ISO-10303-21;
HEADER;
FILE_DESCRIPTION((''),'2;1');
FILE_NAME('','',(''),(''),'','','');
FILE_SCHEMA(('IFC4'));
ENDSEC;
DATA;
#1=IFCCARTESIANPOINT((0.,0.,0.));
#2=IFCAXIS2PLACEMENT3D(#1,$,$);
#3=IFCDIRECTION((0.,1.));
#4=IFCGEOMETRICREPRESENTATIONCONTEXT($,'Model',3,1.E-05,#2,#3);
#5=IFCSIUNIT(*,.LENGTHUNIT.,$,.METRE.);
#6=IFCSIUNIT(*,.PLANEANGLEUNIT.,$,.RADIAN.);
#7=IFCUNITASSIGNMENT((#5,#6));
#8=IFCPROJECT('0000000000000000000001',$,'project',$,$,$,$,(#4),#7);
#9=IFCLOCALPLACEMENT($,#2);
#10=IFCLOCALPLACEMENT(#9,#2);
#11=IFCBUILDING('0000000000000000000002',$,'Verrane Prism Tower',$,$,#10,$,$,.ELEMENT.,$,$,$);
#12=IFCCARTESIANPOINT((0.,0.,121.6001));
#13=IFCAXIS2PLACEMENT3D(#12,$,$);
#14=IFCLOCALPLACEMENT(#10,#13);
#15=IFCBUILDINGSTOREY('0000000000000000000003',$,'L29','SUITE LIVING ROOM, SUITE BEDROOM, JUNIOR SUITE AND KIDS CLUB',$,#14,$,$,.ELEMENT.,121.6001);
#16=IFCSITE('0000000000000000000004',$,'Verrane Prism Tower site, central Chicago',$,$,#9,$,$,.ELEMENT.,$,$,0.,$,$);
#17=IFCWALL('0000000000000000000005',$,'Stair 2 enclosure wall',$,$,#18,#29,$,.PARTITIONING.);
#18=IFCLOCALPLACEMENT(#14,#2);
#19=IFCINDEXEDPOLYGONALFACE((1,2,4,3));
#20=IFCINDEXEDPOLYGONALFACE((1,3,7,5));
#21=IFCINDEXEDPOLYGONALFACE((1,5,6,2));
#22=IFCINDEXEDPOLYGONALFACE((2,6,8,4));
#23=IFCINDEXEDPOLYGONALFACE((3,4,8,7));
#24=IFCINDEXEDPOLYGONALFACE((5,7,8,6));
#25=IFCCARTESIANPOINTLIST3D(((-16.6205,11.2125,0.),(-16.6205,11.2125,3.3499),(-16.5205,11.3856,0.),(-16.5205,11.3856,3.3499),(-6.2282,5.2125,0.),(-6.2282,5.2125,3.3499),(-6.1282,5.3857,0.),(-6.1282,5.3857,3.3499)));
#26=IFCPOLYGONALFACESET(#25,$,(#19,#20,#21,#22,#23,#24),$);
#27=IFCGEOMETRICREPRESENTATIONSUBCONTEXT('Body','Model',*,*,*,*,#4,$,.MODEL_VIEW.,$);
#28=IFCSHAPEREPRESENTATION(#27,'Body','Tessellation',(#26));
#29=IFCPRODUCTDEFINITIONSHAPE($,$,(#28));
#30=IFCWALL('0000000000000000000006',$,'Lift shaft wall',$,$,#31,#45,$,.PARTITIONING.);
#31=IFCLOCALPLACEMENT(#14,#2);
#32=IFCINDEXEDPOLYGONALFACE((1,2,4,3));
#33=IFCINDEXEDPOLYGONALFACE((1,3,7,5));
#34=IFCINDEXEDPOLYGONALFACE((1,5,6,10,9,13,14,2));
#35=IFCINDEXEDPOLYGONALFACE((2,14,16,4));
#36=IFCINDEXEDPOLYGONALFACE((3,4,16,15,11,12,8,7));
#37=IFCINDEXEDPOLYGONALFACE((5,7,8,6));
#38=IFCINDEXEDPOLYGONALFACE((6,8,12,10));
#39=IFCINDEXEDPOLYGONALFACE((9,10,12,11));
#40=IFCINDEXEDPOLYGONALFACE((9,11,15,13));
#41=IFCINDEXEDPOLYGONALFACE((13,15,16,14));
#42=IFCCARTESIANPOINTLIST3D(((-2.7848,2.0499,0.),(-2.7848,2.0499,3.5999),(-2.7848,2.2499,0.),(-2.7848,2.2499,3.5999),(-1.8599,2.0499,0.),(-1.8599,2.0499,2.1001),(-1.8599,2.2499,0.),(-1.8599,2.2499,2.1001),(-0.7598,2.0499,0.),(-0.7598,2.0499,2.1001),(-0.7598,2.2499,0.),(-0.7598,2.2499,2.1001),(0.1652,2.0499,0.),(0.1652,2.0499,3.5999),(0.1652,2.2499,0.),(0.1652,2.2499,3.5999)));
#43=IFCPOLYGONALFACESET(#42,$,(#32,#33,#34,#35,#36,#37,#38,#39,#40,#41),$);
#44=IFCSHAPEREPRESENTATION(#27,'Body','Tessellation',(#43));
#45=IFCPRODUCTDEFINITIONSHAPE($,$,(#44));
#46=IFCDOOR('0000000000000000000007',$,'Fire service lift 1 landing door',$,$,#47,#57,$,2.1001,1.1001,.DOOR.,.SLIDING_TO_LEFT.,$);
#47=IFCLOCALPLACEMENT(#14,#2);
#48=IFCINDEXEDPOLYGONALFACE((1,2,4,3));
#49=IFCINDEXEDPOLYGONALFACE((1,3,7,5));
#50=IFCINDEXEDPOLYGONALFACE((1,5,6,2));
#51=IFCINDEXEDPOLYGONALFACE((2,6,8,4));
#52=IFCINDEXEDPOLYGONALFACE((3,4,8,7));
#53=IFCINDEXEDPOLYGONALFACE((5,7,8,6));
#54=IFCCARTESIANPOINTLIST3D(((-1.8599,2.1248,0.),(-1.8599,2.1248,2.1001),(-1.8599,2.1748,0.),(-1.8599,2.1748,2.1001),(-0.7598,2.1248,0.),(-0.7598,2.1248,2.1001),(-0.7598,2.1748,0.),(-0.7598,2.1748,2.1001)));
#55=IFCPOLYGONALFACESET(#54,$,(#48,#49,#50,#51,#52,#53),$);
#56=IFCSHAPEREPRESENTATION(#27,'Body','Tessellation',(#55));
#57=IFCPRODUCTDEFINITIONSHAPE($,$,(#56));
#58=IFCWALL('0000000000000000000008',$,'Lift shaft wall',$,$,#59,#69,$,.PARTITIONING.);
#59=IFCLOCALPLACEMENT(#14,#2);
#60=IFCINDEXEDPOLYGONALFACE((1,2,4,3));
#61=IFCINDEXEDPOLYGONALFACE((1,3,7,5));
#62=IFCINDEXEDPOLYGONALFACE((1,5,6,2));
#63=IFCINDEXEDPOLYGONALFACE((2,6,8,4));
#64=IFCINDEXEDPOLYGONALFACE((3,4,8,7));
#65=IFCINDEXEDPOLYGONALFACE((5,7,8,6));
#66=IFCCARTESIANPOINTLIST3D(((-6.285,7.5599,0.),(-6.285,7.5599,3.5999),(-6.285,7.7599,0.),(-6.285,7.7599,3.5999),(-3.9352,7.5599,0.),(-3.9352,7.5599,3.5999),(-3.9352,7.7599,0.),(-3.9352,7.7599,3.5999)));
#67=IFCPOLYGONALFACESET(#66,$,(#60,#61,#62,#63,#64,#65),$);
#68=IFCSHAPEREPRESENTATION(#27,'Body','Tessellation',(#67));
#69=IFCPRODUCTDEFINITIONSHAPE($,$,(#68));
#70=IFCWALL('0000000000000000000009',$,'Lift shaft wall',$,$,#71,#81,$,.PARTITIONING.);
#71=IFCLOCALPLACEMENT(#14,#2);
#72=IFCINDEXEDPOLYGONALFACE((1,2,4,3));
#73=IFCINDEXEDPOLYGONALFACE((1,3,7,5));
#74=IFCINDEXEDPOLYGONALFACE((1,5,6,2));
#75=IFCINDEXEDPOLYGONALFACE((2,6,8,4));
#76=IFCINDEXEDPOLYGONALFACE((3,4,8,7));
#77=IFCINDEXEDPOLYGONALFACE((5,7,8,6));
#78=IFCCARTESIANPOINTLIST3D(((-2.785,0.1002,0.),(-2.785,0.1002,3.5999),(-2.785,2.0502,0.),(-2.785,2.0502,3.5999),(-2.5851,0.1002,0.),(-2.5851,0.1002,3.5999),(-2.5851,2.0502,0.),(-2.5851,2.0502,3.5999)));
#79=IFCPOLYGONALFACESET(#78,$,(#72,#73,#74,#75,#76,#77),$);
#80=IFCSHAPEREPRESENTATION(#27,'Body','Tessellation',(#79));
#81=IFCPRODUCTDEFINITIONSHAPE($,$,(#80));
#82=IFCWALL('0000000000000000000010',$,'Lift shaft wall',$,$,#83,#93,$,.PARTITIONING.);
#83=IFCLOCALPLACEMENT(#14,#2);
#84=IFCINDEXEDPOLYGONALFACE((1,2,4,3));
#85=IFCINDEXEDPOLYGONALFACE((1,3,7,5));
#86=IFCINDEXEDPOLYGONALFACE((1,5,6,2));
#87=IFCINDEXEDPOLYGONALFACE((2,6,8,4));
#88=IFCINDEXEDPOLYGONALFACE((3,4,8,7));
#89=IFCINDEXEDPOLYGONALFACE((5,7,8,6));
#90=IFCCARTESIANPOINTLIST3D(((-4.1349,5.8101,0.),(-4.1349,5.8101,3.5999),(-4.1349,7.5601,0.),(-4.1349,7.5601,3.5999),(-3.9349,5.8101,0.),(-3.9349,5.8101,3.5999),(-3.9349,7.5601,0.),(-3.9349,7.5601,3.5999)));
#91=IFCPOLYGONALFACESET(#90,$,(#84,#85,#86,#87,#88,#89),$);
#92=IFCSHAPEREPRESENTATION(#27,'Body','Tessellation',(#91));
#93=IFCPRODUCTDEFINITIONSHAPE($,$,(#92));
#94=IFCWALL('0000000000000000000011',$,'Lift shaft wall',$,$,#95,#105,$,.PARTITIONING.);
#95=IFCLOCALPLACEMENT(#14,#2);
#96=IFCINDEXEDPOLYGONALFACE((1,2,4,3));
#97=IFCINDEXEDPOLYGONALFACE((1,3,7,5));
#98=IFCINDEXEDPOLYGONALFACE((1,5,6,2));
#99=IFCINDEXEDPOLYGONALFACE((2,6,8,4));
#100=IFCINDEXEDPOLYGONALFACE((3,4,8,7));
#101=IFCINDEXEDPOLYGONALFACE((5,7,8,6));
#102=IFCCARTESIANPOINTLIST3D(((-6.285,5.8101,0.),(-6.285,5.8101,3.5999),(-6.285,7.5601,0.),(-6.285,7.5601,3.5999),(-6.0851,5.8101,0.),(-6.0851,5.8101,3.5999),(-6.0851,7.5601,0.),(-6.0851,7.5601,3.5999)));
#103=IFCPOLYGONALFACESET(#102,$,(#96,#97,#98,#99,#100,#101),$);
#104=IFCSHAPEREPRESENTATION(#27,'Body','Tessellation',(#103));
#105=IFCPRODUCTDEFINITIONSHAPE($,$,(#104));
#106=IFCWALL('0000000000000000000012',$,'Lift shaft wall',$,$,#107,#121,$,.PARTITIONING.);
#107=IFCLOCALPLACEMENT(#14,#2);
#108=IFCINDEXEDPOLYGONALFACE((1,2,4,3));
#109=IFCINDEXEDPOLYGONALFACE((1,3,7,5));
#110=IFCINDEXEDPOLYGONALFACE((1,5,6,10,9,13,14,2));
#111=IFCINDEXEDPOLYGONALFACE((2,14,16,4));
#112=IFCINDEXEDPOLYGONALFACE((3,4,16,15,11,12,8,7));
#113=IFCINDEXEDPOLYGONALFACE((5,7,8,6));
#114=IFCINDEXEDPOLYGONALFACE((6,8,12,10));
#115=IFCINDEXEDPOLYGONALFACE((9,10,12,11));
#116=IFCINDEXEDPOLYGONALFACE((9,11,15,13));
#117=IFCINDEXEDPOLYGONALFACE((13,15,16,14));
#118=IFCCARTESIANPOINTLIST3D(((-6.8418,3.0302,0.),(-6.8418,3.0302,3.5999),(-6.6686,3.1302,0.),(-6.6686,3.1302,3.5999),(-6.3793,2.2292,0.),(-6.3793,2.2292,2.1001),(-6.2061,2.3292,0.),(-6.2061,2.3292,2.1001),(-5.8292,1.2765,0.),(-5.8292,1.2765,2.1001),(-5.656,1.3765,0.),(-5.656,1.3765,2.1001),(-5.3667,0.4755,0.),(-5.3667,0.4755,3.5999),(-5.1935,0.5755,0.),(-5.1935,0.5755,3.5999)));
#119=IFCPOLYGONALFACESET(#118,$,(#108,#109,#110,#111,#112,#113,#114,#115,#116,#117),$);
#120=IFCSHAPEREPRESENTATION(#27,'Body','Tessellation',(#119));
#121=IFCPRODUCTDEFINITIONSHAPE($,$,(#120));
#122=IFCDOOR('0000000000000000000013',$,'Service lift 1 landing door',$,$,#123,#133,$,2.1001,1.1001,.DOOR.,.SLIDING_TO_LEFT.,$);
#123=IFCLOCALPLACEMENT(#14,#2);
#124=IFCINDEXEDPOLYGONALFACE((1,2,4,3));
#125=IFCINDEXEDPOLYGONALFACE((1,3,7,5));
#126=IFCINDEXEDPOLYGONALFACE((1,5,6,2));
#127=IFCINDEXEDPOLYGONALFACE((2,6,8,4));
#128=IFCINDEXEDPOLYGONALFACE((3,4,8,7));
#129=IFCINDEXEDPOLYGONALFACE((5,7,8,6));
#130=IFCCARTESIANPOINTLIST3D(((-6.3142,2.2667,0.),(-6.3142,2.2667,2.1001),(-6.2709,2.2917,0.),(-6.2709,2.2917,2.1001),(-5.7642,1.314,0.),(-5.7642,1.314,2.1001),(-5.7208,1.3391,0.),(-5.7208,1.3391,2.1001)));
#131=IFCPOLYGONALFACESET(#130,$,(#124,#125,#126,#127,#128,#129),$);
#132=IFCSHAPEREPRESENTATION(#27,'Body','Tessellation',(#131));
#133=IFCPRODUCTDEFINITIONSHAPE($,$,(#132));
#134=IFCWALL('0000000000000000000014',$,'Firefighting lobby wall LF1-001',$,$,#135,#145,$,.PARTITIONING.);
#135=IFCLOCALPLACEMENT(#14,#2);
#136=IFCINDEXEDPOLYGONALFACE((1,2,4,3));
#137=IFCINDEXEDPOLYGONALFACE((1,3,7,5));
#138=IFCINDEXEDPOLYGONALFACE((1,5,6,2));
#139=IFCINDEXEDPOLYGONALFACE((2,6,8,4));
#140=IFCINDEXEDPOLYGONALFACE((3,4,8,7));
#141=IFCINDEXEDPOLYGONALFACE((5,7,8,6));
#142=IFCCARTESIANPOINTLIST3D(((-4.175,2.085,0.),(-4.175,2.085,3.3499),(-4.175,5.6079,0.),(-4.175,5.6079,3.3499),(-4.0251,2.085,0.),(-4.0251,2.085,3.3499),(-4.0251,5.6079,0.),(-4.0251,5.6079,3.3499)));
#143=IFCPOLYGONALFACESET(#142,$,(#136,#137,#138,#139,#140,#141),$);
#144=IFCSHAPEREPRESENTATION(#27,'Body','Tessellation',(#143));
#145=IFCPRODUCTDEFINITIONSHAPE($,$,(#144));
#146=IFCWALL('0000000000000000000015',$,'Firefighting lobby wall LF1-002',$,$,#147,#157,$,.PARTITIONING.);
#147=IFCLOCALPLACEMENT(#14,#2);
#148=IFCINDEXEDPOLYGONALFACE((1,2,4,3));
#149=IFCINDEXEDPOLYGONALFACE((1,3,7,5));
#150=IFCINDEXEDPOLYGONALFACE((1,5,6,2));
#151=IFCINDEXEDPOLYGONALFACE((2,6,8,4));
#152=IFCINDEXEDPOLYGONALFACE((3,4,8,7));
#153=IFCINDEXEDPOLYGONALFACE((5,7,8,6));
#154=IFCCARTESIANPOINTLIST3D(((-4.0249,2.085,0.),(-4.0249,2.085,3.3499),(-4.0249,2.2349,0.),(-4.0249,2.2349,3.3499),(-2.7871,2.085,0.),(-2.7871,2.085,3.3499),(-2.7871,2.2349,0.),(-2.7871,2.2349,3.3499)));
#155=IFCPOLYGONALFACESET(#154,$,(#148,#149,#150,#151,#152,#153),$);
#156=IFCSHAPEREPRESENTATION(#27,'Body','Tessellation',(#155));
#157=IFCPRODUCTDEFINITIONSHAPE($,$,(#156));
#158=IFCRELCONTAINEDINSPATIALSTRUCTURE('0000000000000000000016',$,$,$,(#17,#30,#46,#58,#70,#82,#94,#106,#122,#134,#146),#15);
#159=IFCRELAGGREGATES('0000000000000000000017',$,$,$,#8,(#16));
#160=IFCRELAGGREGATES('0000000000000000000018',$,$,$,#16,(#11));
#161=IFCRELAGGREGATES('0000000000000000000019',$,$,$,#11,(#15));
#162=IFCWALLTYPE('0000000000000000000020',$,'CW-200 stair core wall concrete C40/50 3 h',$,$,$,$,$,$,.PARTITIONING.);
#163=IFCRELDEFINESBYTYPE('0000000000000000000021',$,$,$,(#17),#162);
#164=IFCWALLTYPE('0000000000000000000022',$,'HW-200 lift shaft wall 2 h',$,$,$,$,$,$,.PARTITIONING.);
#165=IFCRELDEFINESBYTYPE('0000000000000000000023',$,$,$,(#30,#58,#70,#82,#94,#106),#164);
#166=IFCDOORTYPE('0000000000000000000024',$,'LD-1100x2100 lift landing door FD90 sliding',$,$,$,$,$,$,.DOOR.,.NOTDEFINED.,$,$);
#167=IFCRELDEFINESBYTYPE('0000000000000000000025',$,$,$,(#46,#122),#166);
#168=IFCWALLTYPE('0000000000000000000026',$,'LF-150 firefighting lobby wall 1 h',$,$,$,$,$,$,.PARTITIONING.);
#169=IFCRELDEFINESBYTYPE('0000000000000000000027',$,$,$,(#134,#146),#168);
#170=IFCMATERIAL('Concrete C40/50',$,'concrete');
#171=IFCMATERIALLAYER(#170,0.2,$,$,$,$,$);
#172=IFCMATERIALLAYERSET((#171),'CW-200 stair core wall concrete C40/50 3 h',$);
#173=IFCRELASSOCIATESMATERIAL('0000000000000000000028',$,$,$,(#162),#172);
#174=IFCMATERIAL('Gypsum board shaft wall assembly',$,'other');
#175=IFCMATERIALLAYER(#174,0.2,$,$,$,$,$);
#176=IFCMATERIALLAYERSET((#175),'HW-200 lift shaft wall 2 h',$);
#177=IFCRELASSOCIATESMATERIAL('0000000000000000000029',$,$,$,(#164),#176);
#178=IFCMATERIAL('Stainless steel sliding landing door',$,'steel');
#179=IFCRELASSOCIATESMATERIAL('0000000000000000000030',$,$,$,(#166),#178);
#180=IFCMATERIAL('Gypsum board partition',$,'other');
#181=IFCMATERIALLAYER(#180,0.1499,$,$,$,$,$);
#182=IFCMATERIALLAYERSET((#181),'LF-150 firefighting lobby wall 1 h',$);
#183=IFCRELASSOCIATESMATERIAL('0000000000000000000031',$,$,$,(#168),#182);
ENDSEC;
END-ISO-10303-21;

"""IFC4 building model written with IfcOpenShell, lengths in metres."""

from ifc_helpers import new_model, si_unit, direction, frame, frame_2d, origin, place, context, subcontext, project, spatial, rectangle, extrude, material, layer, layer_set, type_object, element, fill, save


model = new_model("IFC4")

# Units and contexts
model_context = context("Model", 3, precision=1e-05, world=origin(), true_north=direction((0.0, 1.0)))
body_context = subcontext(model_context, "Body", "Model", "MODEL_VIEW")
ifc_project = project(units=[si_unit("LENGTHUNIT", "METRE"), si_unit("PLANEANGLEUNIT", "RADIAN")], contexts=[model_context])

# Site, building, storey
site_placement = place(None, origin())
site = spatial("IfcSite", under=ifc_project, at=site_placement, Name="Verrane Prism Tower site, central Chicago", CompositionType="ELEMENT", RefElevation=0.0)
building_placement = place(site_placement, origin())
building = spatial("IfcBuilding", under=site, at=building_placement, Name="Verrane Prism Tower", CompositionType="ELEMENT")
storey_placement = place(building_placement, frame((0.0, 0.0, 121.6001)))
storey = spatial("IfcBuildingStorey", under=building, at=storey_placement, Name="L29", Description="SUITE LIVING ROOM, SUITE BEDROOM, JUNIOR SUITE AND KIDS CLUB", CompositionType="ELEMENT", Elevation=121.6001)

# Wall
ifc_material_1 = material(Name="Concrete C40/50", Category="concrete")
ifc_layer_1 = layer(ifc_material_1, 0.2)
ifc_layer_set_1 = layer_set([ifc_layer_1], Name="CW-200 stair core wall concrete C40/50 3 h")
wall_type_1 = type_object("IfcWallType", Name="CW-200 stair core wall concrete C40/50 3 h", PredefinedType="PARTITIONING", material=ifc_layer_set_1)
wall_1_placement = place(storey_placement, frame((-6.1782, 5.2991, 0.0), z_axis=(0.0, 0.0, 1.0), x_axis=(-0.866026, 0.499999, 0.0)))
element("IfcWall", 1, at=wall_1_placement, inside=storey, type_object=wall_type_1, Name="Stair 2 enclosure wall", PredefinedType="PARTITIONING", context=body_context, shape_type="SweptSolid", body=[
    extrude(rectangle(XDim=12.0, YDim=0.2, at=frame_2d((6.0, 0.0))), origin(), (0.0, 0.0, 1.0), 3.3499),
])

# Wall, opening, door
ifc_material_2 = material(Name="Gypsum board shaft wall assembly", Category="other")
ifc_layer_2 = layer(ifc_material_2, 0.2)
ifc_layer_set_2 = layer_set([ifc_layer_2], Name="HW-200 lift shaft wall 2 h")
wall_type_2 = type_object("IfcWallType", Name="HW-200 lift shaft wall 2 h", PredefinedType="PARTITIONING", material=ifc_layer_set_2)
wall_2_placement = place(storey_placement, frame((-2.7849, 2.1499, 0.0), z_axis=(0.0, 0.0, 1.0), x_axis=(1.0, 0.0, 0.0)))
wall_2 = element("IfcWall", 2, at=wall_2_placement, inside=storey, type_object=wall_type_2, Name="Lift shaft wall", PredefinedType="PARTITIONING", context=body_context, shape_type="SweptSolid", body=[
    extrude(rectangle(XDim=2.95, YDim=0.2, at=frame_2d((1.4751, 0.0))), origin(), (0.0, 0.0, 1.0), 3.5999),
])
opening_1_placement = place(wall_2_placement, frame((0.925, 0.0, 0.0)))
opening_1 = element("IfcOpeningElement", 3, at=opening_1_placement, cuts=wall_2, PredefinedType="OPENING", context=body_context, shape_type="SweptSolid", body=[
    extrude(rectangle(XDim=1.1001, YDim=2.1001, at=frame_2d((0.55, 1.05))), frame((0.0, 0.1099, 0.0), z_axis=(0.0, -1.0, 0.0), x_axis=(1.0, 0.0, 0.0)), (0.0, 0.0, 1.0), 0.22),
])
ifc_material_3 = material(Name="Stainless steel sliding landing door", Category="steel")
door_type_1 = type_object("IfcDoorType", Name="LD-1100x2100 lift landing door FD90 sliding", OperationType="NOTDEFINED", PredefinedType="DOOR", material=ifc_material_3)
door_1_placement = place(opening_1_placement, origin())
door_1 = element("IfcDoor", 4, at=door_1_placement, inside=storey, type_object=door_type_1, Name="Fire service lift 1 landing door", OperationType="SLIDING_TO_LEFT", OverallHeight=2.1001, OverallWidth=1.1001, PredefinedType="DOOR", context=body_context, shape_type="SweptSolid", body=[
    extrude(rectangle(XDim=1.1001, YDim=2.1001, at=frame_2d((0.55, 1.05))), frame((0.0, 0.0249, 0.0), z_axis=(0.0, -1.0, 0.0), x_axis=(1.0, 0.0, 0.0)), (0.0, 0.0, 1.0), 0.05),
])
fill(opening_1, door_1)

# Walls
wall_3_placement = place(storey_placement, frame((-6.2849, 7.6599, 0.0), z_axis=(0.0, 0.0, 1.0), x_axis=(1.0, 0.0, 0.0)))
element("IfcWall", 5, at=wall_3_placement, inside=storey, type_object=wall_type_2, Name="Lift shaft wall", PredefinedType="PARTITIONING", context=body_context, shape_type="SweptSolid", body=[
    extrude(rectangle(XDim=2.3499, YDim=0.2, at=frame_2d((1.1748, 0.0))), origin(), (0.0, 0.0, 1.0), 3.5999),
])
wall_4_placement = place(storey_placement, frame((-2.6851, 0.1001, 0.0), z_axis=(0.0, 0.0, 1.0), x_axis=(0.0, 1.0, 0.0)))
element("IfcWall", 6, at=wall_4_placement, inside=storey, type_object=wall_type_2, Name="Lift shaft wall", PredefinedType="PARTITIONING", context=body_context, shape_type="SweptSolid", body=[
    extrude(rectangle(XDim=1.95, YDim=0.2, at=frame_2d((0.9751, 0.0))), origin(), (0.0, 0.0, 1.0), 3.5999),
])
for number, where, z_axis, x_axis, name in (
    (7, (-4.0349, 5.8101, 0.0), (0.0, 0.0, 1.0), (0.0, 1.0, 0.0), "Lift shaft wall"),
    (8, (-6.1851, 5.8101, 0.0), (0.0, 0.0, 1.0), (0.0, 1.0, 0.0), "Lift shaft wall"),
):
    element("IfcWall", number, at=place(storey_placement, frame(where, z_axis=z_axis, x_axis=x_axis)), inside=storey, type_object=wall_type_2, Name=name, PredefinedType="PARTITIONING", context=body_context, shape_type="SweptSolid", body=[
        extrude(rectangle(XDim=1.75, YDim=0.2, at=frame_2d((0.875, 0.0))), origin(), (0.0, 0.0, 1.0), 3.5999),
    ])

# Wall, opening, door
wall_5_placement = place(storey_placement, frame((-5.28, 0.5254, 0.0), z_axis=(0.0, 0.0, 1.0), x_axis=(-0.500038, 0.866004, 0.0)))
wall_5 = element("IfcWall", 9, at=wall_5_placement, inside=storey, type_object=wall_type_2, Name="Lift shaft wall", PredefinedType="PARTITIONING", context=body_context, shape_type="SweptSolid", body=[
    extrude(rectangle(XDim=2.95, YDim=0.2, at=frame_2d((1.4751, 0.0))), origin(), (0.0, 0.0, 1.0), 3.5999),
])
opening_2_placement = place(wall_5_placement, frame((0.925, 0.0, 0.0)))
opening_2 = element("IfcOpeningElement", 10, at=opening_2_placement, cuts=wall_5, PredefinedType="OPENING", context=body_context, shape_type="SweptSolid", body=[
    extrude(rectangle(XDim=1.1001, YDim=2.1001, at=frame_2d((0.55, 1.05))), frame((0.0, 0.1099, 0.0), z_axis=(0.0, -1.0, 0.0), x_axis=(1.0, 0.0, 0.0)), (0.0, 0.0, 1.0), 0.22),
])
door_2_placement = place(opening_2_placement, origin())
door_2 = element("IfcDoor", 11, at=door_2_placement, inside=storey, type_object=door_type_1, Name="Service lift 1 landing door", OperationType="SLIDING_TO_LEFT", OverallHeight=2.1001, OverallWidth=1.1001, PredefinedType="DOOR", context=body_context, shape_type="SweptSolid", body=[
    extrude(rectangle(XDim=1.1001, YDim=2.1001, at=frame_2d((0.55, 1.05))), frame((0.0, 0.0249, 0.0), z_axis=(0.0, -1.0, 0.0), x_axis=(1.0, 0.0, 0.0)), (0.0, 0.0, 1.0), 0.05),
])
fill(opening_2, door_2)

# Walls
ifc_material_4 = material(Name="Gypsum board partition", Category="other")
ifc_layer_3 = layer(ifc_material_4, 0.1499)
ifc_layer_set_3 = layer_set([ifc_layer_3], Name="LF-150 firefighting lobby wall 1 h")
wall_type_3 = type_object("IfcWallType", Name="LF-150 firefighting lobby wall 1 h", PredefinedType="PARTITIONING", material=ifc_layer_set_3)
wall_6_placement = place(storey_placement, frame((-4.1001, 2.085, 0.0), z_axis=(0.0, 0.0, 1.0), x_axis=(0.0, 1.0, 0.0)))
element("IfcWall", 12, at=wall_6_placement, inside=storey, type_object=wall_type_3, Name="Firefighting lobby wall LF1-001", PredefinedType="PARTITIONING", context=body_context, shape_type="SweptSolid", body=[
    extrude(rectangle(XDim=3.5229, YDim=0.1499, at=frame_2d((1.7615, 0.0))), origin(), (0.0, 0.0, 1.0), 3.3499),
])
wall_7_placement = place(storey_placement, frame((-4.0249, 2.1599, 0.0), z_axis=(0.0, 0.0, 1.0), x_axis=(1.0, 0.0, 0.0)))
element("IfcWall", 13, at=wall_7_placement, inside=storey, type_object=wall_type_3, Name="Firefighting lobby wall LF1-002", PredefinedType="PARTITIONING", context=body_context, shape_type="SweptSolid", body=[
    extrude(rectangle(XDim=1.2378, YDim=0.1499, at=frame_2d((0.6189, 0.0))), origin(), (0.0, 0.0, 1.0), 3.3499),
])

save(model, "model.ifc")
